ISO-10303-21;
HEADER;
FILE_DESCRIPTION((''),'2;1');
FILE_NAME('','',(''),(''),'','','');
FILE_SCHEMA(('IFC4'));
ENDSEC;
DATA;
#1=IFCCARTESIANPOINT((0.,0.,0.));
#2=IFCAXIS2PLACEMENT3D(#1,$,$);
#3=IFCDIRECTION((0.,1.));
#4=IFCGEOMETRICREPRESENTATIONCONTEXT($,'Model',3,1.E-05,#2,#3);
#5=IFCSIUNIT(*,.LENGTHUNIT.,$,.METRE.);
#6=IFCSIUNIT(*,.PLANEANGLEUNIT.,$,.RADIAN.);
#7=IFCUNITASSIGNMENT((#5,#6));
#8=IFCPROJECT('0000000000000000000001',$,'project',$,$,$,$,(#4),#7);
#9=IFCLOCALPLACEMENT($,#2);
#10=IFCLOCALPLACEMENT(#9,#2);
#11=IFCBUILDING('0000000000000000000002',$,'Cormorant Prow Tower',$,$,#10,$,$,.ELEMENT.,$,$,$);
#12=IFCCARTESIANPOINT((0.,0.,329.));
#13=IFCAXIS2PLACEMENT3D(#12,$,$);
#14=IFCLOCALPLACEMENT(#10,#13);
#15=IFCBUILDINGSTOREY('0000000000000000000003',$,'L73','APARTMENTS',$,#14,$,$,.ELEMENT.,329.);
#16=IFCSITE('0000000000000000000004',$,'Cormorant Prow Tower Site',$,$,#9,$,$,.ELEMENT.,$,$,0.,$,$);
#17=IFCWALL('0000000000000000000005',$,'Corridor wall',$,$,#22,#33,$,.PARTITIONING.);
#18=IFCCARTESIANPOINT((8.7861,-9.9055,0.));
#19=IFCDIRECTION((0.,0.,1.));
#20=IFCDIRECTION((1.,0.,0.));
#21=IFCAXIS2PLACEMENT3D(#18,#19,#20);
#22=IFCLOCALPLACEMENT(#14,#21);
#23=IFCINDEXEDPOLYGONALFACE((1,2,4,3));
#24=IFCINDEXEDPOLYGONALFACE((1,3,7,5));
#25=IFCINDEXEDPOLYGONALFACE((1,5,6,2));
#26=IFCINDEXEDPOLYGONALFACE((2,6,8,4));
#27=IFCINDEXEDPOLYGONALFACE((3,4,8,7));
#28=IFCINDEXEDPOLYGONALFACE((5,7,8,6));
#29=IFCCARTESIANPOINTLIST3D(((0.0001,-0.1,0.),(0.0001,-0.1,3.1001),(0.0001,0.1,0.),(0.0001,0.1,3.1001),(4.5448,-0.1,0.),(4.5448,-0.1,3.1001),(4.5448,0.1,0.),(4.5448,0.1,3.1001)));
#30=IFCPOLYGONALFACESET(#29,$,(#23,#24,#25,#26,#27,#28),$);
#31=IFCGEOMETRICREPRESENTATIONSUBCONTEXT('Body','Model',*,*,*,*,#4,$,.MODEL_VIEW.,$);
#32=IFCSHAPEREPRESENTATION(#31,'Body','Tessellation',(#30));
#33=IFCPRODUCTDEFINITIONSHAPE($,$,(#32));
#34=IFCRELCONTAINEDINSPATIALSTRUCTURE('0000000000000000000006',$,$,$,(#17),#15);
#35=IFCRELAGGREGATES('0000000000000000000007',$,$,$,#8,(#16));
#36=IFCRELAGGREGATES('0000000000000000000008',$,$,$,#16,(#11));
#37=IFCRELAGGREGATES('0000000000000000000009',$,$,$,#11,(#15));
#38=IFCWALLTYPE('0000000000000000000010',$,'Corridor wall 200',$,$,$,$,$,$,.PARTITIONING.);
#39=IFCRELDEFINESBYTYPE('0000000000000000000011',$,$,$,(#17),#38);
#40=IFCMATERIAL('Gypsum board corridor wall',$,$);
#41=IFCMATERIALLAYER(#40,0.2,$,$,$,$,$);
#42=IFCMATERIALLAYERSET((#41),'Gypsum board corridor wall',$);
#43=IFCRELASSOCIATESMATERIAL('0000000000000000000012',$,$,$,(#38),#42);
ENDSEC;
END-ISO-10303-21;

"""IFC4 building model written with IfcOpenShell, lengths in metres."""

from ifc_helpers import new_model, si_unit, direction, frame, frame_2d, origin, place, context, subcontext, project, spatial, rectangle, extrude, material, layer, layer_set, type_object, element, save


model = new_model("IFC4")

# Units and contexts
model_context = context("Model", 3, precision=1e-05, world=origin(), true_north=direction((0.0, 1.0)))
body_context = subcontext(model_context, "Body", "Model", "MODEL_VIEW")
ifc_project = project(units=[si_unit("LENGTHUNIT", "METRE"), si_unit("PLANEANGLEUNIT", "RADIAN")], contexts=[model_context])

# Site, building, storey
site_placement = place(None, origin())
site = spatial("IfcSite", under=ifc_project, at=site_placement, Name="Cormorant Prow Tower Site", CompositionType="ELEMENT", RefElevation=0.0)
building_placement = place(site_placement, origin())
building = spatial("IfcBuilding", under=site, at=building_placement, Name="Cormorant Prow Tower", CompositionType="ELEMENT")
storey_placement = place(building_placement, frame((0.0, 0.0, 329.0)))
storey = spatial("IfcBuildingStorey", under=building, at=storey_placement, Name="L73", Description="APARTMENTS", CompositionType="ELEMENT", Elevation=329.0)

# Wall
ifc_material_1 = material(Name="Gypsum board corridor wall")
ifc_layer_1 = layer(ifc_material_1, 0.2)
ifc_layer_set_1 = layer_set([ifc_layer_1], Name="Gypsum board corridor wall")
wall_type_1 = type_object("IfcWallType", Name="Corridor wall 200", PredefinedType="PARTITIONING", material=ifc_layer_set_1)
wall_1_placement = place(storey_placement, frame((8.7861, -9.9055, 0.0), z_axis=(0.0, 0.0, 1.0), x_axis=(1.0, 0.0, 0.0)))
element("IfcWall", 1, at=wall_1_placement, inside=storey, type_object=wall_type_1, Name="Corridor wall", PredefinedType="PARTITIONING", context=body_context, shape_type="SweptSolid", body=[
    extrude(rectangle(XDim=4.5447, YDim=0.2, at=frame_2d((2.2725, 0.0))), origin(), (0.0, 0.0, 1.0), 3.1001),
])

save(model, "model.ifc")
